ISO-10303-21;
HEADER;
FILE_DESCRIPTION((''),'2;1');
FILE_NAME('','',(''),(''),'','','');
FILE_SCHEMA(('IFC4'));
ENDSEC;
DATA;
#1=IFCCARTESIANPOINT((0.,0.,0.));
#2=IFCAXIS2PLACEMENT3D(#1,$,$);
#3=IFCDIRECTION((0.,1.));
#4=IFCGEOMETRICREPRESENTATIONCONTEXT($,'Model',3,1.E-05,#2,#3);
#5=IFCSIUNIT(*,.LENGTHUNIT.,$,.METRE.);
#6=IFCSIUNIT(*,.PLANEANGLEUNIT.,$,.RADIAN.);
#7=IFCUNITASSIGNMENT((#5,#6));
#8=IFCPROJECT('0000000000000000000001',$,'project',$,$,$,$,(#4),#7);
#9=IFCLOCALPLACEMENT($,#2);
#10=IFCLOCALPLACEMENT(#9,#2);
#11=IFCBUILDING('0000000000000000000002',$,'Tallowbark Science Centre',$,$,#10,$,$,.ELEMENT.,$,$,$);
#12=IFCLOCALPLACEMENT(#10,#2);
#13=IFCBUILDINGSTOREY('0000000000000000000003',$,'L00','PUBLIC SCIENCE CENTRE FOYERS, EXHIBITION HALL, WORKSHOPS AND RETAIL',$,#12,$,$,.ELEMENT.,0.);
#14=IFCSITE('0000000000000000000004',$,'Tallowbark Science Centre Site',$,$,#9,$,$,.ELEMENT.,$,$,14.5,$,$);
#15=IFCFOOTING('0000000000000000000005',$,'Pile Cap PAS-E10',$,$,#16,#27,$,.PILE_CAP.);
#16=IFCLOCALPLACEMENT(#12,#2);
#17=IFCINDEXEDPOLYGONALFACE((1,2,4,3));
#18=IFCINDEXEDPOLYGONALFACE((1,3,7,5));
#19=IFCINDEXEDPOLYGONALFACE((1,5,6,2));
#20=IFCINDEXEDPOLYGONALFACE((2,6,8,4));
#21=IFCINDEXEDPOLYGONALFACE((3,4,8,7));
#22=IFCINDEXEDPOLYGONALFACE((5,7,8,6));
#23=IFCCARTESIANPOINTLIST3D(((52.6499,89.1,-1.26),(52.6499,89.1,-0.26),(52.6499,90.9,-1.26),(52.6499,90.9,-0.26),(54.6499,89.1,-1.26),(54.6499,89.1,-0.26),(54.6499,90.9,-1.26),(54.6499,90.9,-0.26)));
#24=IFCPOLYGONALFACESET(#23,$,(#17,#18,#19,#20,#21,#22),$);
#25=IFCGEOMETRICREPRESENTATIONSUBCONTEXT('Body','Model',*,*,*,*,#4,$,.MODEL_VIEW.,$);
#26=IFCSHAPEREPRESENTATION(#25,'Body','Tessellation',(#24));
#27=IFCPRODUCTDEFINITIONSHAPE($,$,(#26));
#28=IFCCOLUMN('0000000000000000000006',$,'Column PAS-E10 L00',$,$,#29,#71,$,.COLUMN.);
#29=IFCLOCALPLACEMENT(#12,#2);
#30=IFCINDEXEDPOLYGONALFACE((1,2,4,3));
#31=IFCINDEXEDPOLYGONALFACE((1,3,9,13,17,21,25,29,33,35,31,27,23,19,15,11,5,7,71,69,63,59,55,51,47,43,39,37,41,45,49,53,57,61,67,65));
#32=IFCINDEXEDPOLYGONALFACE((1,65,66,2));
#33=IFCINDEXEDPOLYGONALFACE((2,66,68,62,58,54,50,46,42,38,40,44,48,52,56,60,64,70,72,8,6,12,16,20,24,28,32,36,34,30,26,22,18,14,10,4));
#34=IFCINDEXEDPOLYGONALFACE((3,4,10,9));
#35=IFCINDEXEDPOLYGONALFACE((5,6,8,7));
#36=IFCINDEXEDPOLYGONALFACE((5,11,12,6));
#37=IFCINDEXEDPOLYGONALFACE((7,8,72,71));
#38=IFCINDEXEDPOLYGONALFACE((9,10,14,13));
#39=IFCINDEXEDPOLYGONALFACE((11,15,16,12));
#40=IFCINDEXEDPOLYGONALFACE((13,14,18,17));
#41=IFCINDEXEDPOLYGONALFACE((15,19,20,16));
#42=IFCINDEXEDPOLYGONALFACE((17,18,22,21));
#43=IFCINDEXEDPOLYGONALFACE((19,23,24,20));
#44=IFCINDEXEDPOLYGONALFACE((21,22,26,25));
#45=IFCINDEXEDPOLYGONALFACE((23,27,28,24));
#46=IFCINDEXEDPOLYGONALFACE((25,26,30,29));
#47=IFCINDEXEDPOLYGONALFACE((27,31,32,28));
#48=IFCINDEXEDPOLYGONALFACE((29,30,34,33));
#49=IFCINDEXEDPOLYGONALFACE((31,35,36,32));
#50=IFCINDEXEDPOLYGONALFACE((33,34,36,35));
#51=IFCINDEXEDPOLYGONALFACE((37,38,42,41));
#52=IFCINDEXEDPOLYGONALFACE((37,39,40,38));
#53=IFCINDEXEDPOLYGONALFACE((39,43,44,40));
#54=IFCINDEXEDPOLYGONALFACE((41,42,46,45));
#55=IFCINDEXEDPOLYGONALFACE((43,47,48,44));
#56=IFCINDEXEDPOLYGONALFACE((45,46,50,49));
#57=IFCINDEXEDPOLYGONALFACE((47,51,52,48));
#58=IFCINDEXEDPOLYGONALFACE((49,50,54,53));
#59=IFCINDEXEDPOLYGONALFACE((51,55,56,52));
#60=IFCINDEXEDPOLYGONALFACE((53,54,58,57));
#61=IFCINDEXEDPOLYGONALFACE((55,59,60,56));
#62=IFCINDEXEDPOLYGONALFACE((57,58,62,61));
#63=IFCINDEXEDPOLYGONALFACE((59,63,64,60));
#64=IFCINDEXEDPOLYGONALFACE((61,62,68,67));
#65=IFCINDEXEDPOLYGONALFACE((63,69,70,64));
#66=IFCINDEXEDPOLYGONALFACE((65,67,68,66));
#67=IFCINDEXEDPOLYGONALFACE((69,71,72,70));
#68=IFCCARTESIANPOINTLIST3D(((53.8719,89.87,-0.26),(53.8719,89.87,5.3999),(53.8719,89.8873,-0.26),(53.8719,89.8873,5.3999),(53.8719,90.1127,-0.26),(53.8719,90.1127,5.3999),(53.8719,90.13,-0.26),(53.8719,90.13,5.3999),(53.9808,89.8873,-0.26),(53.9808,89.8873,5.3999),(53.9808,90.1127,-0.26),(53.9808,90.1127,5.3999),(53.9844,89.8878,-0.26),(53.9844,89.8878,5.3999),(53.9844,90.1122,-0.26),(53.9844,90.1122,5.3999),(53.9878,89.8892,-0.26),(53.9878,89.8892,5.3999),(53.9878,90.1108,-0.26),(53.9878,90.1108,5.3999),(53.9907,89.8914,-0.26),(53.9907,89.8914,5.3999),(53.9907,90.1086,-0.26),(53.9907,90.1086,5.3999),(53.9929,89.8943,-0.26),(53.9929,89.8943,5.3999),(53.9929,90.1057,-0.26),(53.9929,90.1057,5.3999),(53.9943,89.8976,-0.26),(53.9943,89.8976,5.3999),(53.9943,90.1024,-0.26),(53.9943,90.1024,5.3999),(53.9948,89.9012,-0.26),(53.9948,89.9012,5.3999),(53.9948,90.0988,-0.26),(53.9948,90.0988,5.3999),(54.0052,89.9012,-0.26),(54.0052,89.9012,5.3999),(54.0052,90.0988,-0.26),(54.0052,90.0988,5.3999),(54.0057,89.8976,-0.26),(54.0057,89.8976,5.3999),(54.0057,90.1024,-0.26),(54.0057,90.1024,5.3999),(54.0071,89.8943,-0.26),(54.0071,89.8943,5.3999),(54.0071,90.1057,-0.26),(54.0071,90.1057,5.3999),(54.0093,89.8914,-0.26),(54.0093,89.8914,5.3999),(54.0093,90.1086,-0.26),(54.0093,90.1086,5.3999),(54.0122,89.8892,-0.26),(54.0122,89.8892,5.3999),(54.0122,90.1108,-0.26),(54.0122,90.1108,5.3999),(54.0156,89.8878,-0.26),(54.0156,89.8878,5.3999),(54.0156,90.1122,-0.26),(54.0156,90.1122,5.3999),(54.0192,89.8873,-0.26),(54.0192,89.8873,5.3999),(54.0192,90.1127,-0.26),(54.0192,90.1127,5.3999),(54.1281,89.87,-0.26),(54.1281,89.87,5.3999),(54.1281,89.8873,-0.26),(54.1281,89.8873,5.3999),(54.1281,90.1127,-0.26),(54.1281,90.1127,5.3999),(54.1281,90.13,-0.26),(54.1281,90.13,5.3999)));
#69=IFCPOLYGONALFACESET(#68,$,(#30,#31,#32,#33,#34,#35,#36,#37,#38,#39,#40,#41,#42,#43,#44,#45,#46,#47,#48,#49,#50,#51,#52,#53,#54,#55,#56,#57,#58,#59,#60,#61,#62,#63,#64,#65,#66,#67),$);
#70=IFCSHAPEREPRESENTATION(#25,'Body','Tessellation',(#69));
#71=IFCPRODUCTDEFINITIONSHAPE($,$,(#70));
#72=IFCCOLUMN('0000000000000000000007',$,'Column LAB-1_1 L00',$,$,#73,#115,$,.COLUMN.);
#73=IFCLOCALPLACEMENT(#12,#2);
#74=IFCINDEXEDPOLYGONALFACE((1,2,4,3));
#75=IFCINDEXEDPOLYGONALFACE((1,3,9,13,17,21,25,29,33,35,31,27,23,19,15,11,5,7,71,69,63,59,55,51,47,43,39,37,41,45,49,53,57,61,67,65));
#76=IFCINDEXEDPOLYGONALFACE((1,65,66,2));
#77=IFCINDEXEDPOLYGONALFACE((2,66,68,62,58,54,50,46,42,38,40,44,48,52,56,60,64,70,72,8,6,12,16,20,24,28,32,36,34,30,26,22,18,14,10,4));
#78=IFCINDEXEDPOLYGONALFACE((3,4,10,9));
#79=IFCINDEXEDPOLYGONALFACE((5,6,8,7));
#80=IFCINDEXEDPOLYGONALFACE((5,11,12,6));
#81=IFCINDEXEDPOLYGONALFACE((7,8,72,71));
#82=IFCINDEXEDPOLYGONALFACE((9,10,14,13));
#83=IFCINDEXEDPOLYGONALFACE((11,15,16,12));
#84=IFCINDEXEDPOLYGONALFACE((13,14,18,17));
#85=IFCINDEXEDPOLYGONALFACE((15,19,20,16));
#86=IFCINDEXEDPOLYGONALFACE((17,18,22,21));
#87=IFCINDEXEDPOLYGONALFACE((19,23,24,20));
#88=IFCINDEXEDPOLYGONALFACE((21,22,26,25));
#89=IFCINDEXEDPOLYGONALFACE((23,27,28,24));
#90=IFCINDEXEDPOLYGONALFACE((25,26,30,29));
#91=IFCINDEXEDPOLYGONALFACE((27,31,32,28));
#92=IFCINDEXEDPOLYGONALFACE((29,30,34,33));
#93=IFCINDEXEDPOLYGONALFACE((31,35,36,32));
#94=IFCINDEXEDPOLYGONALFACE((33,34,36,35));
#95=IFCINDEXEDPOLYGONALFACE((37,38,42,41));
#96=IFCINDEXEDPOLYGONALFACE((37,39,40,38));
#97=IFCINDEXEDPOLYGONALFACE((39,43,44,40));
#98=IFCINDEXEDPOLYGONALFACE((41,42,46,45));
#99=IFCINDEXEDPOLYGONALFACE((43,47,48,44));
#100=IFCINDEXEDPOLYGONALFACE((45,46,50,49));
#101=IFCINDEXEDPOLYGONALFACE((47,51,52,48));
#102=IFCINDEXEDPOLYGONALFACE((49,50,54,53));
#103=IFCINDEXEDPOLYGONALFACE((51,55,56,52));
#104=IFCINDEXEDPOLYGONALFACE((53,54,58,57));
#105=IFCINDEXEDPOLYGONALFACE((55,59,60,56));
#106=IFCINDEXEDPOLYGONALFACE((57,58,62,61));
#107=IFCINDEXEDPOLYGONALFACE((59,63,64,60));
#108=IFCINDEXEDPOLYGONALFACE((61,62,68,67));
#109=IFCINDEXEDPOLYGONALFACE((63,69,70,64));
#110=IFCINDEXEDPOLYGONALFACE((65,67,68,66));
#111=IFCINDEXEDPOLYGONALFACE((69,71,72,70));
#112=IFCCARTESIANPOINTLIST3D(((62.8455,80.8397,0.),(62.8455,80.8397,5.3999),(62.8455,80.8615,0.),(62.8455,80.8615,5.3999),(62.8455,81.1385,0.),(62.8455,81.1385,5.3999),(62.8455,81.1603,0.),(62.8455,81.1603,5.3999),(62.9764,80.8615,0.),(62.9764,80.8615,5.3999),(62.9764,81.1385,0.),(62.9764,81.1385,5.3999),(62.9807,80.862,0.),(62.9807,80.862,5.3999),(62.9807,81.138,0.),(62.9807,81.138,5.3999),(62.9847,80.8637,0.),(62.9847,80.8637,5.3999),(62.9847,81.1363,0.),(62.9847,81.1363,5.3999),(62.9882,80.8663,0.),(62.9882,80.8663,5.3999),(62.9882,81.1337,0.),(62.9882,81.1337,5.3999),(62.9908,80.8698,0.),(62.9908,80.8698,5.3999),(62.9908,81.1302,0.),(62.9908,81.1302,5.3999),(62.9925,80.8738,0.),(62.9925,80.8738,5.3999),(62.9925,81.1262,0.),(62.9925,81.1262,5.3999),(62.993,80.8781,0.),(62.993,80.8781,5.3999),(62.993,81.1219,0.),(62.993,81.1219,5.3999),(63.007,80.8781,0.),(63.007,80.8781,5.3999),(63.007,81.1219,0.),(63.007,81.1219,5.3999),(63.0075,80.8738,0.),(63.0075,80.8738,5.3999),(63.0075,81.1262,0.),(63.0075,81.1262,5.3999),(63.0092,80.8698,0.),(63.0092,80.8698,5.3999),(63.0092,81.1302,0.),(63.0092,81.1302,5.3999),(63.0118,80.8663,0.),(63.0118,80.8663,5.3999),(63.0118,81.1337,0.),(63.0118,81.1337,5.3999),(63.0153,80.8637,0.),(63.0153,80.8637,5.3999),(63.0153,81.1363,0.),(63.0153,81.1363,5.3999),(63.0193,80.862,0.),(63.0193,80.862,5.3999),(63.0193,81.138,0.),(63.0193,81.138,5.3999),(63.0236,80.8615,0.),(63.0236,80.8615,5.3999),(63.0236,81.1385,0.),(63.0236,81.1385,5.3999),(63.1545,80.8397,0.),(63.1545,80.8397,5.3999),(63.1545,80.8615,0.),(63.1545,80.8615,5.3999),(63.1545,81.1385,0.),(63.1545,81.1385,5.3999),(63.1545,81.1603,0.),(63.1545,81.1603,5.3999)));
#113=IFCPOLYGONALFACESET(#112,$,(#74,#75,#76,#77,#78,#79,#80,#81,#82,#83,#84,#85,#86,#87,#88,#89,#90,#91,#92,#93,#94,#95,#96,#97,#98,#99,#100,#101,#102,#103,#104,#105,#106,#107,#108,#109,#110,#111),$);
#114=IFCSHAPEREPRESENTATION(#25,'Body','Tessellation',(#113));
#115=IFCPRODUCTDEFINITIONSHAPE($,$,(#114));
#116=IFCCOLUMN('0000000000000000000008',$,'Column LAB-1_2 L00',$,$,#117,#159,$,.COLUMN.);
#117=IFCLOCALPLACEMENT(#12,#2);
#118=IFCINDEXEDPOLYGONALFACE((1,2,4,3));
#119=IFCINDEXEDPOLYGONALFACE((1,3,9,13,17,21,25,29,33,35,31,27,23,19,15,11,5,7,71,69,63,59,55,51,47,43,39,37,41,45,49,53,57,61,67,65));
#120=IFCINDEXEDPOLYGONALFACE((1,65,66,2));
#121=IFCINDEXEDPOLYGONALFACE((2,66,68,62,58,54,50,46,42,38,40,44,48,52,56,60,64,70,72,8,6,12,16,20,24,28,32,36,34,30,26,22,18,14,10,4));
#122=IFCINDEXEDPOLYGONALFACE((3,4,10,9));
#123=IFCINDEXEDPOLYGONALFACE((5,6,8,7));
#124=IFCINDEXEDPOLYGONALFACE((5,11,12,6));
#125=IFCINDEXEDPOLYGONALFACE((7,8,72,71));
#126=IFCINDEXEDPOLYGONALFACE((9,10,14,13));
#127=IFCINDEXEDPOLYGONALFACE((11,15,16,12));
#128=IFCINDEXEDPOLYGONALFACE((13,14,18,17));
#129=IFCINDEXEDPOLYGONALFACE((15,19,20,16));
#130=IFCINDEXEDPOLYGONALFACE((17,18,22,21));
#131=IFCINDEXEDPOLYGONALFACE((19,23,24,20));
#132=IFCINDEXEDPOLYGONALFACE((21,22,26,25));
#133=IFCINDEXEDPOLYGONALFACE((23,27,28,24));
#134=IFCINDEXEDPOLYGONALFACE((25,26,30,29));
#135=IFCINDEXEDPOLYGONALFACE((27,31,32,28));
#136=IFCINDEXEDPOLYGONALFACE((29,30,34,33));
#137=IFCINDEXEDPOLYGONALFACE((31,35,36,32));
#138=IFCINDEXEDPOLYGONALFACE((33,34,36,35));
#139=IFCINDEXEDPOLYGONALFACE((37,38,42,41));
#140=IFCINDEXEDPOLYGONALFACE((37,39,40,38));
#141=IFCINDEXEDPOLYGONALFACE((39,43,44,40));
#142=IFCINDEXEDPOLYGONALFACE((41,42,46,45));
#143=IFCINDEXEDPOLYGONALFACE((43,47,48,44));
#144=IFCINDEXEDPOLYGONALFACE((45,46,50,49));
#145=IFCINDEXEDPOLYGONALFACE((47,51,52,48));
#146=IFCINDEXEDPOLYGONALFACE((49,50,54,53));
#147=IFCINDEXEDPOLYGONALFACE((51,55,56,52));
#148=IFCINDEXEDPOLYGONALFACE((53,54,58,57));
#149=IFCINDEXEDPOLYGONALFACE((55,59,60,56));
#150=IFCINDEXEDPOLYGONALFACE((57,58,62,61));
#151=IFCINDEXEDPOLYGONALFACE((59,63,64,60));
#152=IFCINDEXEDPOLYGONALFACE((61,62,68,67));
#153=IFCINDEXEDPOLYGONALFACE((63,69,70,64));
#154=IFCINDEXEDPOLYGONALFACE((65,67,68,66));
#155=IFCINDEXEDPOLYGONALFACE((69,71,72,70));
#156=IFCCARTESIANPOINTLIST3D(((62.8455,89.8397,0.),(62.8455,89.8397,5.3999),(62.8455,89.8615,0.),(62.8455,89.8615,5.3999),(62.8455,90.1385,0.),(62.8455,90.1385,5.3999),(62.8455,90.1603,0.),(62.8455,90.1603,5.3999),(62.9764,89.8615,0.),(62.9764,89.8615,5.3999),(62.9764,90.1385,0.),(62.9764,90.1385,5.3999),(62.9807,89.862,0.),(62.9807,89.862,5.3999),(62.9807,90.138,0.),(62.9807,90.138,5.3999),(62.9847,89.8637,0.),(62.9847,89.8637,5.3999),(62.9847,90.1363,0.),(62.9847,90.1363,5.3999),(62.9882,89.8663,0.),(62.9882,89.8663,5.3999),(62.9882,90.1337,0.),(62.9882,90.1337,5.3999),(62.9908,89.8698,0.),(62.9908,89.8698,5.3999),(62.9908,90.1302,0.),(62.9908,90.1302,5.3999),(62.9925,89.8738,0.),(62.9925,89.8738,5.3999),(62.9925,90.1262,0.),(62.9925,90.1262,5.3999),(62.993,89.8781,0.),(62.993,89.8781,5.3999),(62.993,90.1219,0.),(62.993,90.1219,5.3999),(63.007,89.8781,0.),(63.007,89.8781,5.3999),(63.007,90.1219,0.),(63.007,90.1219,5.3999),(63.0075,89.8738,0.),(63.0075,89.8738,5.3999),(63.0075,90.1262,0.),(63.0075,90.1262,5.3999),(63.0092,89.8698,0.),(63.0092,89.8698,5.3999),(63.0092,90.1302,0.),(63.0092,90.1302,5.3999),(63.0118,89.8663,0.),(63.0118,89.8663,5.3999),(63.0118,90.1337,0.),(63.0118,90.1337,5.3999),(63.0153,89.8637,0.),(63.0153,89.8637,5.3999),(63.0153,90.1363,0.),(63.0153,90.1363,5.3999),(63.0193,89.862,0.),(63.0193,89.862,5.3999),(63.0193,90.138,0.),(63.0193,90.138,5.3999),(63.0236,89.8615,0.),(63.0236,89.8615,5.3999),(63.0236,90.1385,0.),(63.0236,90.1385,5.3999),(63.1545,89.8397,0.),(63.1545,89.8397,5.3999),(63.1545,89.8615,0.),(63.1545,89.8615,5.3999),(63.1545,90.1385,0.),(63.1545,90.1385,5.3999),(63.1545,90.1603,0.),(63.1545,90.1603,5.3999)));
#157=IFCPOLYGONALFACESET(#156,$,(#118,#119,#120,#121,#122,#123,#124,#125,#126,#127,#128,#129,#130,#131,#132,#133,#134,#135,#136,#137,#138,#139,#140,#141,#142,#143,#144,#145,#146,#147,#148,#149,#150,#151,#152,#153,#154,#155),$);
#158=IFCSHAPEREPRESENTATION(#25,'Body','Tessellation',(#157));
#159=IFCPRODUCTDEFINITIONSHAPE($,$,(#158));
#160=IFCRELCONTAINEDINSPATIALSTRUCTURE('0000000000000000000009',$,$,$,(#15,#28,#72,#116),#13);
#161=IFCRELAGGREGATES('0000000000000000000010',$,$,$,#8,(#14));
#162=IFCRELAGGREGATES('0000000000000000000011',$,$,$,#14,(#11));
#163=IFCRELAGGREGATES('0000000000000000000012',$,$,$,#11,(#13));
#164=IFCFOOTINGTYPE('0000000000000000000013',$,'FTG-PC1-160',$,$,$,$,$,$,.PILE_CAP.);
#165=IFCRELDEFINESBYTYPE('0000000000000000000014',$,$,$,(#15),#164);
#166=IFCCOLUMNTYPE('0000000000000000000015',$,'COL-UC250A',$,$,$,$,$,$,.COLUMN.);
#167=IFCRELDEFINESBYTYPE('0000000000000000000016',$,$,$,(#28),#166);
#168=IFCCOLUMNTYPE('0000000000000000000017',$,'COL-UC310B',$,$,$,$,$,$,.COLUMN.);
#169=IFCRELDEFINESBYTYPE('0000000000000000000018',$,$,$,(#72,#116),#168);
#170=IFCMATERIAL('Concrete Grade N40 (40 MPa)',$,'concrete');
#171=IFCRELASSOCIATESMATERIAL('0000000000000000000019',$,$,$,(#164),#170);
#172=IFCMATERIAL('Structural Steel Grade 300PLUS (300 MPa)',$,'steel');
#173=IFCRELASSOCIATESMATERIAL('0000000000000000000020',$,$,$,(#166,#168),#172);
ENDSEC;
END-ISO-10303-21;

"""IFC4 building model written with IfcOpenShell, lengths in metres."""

from ifc_helpers import new_model, si_unit, direction, frame, origin, origin_2d, place, context, subcontext, project, spatial, rectangle, i_section, extrude, material, material_profile, profile_set, type_object, element, save


model = new_model("IFC4")

# Units and contexts
model_context = context("Model", 3, precision=1e-05, world=origin(), true_north=direction((0.0, 1.0)))
body_context = subcontext(model_context, "Body", "Model", "MODEL_VIEW")
ifc_project = project(units=[si_unit("LENGTHUNIT", "METRE"), si_unit("PLANEANGLEUNIT", "RADIAN")], contexts=[model_context])

# Site, building, storey
site_placement = place(None, origin())
site = spatial("IfcSite", under=ifc_project, at=site_placement, Name="Tallowbark Science Centre Site", CompositionType="ELEMENT", RefElevation=14.5)
building_placement = place(site_placement, origin())
building = spatial("IfcBuilding", under=site, at=building_placement, Name="Tallowbark Science Centre", CompositionType="ELEMENT")
storey_placement = place(building_placement, origin())
storey = spatial("IfcBuildingStorey", under=building, at=storey_placement, Name="L00", Description="PUBLIC SCIENCE CENTRE FOYERS, EXHIBITION HALL, WORKSHOPS AND RETAIL", CompositionType="ELEMENT", Elevation=0.0)

# Footing
ifc_material_1 = material(Name="Concrete Grade N40 (40 MPa)", Category="concrete")
footing_type = type_object("IfcFootingType", Name="FTG-PC1-160", PredefinedType="PILE_CAP", material=ifc_material_1)
footing_placement = place(storey_placement, frame((53.6499, 90.0, -1.26), z_axis=(0.0, 0.0, 1.0), x_axis=(1.0, 0.0, 0.0)))
element("IfcFooting", 1, at=footing_placement, inside=storey, type_object=footing_type, Name="Pile Cap PAS-E10", PredefinedType="PILE_CAP", context=body_context, shape_type="SweptSolid", body=[
    extrude(rectangle(XDim=2.0, YDim=1.8, at=origin_2d()), origin(), (0.0, 0.0, 1.0), 1.0),
])

# Columns
ifc_material_2 = material(Name="Structural Steel Grade 300PLUS (300 MPa)", Category="steel")
ifc_material_profile_1 = material_profile(ifc_material_2, i_section(OverallWidth=0.2561, OverallDepth=0.26, WebThickness=0.0105, FlangeThickness=0.0173, FilletRadius=0.0139, at=origin_2d()), Name="250UC89.5")
ifc_profile_set_1 = profile_set([ifc_material_profile_1], Name="Structural Steel Grade 300PLUS (300 MPa)")
column_type_1 = type_object("IfcColumnType", Name="COL-UC250A", PredefinedType="COLUMN", material=ifc_profile_set_1)
column_1_placement = place(storey_placement, frame((54.0, 90.0, -0.26), z_axis=(0.0, 0.0, 1.0), x_axis=(1.0, 0.0, 0.0)))
element("IfcColumn", 2, at=column_1_placement, inside=storey, type_object=column_type_1, Name="Column PAS-E10 L00", PredefinedType="COLUMN", context=body_context, shape_type="SweptSolid", body=[
    extrude(i_section(OverallWidth=0.2561, OverallDepth=0.26, WebThickness=0.0105, FlangeThickness=0.0173, FilletRadius=0.0139, at=origin_2d()), origin(), (0.0, 0.0, 1.0), 5.6599),
])
ifc_material_profile_2 = material_profile(ifc_material_2, i_section(OverallWidth=0.3091, OverallDepth=0.3206, WebThickness=0.0139, FlangeThickness=0.0217, FilletRadius=0.0166, at=origin_2d()), Name="310UC137")
ifc_profile_set_2 = profile_set([ifc_material_profile_2], Name="Structural Steel Grade 300PLUS (300 MPa)")
column_type_2 = type_object("IfcColumnType", Name="COL-UC310B", PredefinedType="COLUMN", material=ifc_profile_set_2)
for number, where, z_axis, x_axis, name in (
    (3, (63.0, 81.0, 0.0), (0.0, 0.0, 1.0), (1.0, 0.0, 0.0), "Column LAB-1_1 L00"),
    (4, (63.0, 90.0, 0.0), (0.0, 0.0, 1.0), (1.0, 0.0, 0.0), "Column LAB-1_2 L00"),
):
    element("IfcColumn", number, at=place(storey_placement, frame(where, z_axis=z_axis, x_axis=x_axis)), inside=storey, type_object=column_type_2, Name=name, PredefinedType="COLUMN", context=body_context, shape_type="SweptSolid", body=[
        extrude(i_section(OverallWidth=0.3091, OverallDepth=0.3206, WebThickness=0.0139, FlangeThickness=0.0217, FilletRadius=0.0166, at=origin_2d()), origin(), (0.0, 0.0, 1.0), 5.3999),
    ])

save(model, "model.ifc")
